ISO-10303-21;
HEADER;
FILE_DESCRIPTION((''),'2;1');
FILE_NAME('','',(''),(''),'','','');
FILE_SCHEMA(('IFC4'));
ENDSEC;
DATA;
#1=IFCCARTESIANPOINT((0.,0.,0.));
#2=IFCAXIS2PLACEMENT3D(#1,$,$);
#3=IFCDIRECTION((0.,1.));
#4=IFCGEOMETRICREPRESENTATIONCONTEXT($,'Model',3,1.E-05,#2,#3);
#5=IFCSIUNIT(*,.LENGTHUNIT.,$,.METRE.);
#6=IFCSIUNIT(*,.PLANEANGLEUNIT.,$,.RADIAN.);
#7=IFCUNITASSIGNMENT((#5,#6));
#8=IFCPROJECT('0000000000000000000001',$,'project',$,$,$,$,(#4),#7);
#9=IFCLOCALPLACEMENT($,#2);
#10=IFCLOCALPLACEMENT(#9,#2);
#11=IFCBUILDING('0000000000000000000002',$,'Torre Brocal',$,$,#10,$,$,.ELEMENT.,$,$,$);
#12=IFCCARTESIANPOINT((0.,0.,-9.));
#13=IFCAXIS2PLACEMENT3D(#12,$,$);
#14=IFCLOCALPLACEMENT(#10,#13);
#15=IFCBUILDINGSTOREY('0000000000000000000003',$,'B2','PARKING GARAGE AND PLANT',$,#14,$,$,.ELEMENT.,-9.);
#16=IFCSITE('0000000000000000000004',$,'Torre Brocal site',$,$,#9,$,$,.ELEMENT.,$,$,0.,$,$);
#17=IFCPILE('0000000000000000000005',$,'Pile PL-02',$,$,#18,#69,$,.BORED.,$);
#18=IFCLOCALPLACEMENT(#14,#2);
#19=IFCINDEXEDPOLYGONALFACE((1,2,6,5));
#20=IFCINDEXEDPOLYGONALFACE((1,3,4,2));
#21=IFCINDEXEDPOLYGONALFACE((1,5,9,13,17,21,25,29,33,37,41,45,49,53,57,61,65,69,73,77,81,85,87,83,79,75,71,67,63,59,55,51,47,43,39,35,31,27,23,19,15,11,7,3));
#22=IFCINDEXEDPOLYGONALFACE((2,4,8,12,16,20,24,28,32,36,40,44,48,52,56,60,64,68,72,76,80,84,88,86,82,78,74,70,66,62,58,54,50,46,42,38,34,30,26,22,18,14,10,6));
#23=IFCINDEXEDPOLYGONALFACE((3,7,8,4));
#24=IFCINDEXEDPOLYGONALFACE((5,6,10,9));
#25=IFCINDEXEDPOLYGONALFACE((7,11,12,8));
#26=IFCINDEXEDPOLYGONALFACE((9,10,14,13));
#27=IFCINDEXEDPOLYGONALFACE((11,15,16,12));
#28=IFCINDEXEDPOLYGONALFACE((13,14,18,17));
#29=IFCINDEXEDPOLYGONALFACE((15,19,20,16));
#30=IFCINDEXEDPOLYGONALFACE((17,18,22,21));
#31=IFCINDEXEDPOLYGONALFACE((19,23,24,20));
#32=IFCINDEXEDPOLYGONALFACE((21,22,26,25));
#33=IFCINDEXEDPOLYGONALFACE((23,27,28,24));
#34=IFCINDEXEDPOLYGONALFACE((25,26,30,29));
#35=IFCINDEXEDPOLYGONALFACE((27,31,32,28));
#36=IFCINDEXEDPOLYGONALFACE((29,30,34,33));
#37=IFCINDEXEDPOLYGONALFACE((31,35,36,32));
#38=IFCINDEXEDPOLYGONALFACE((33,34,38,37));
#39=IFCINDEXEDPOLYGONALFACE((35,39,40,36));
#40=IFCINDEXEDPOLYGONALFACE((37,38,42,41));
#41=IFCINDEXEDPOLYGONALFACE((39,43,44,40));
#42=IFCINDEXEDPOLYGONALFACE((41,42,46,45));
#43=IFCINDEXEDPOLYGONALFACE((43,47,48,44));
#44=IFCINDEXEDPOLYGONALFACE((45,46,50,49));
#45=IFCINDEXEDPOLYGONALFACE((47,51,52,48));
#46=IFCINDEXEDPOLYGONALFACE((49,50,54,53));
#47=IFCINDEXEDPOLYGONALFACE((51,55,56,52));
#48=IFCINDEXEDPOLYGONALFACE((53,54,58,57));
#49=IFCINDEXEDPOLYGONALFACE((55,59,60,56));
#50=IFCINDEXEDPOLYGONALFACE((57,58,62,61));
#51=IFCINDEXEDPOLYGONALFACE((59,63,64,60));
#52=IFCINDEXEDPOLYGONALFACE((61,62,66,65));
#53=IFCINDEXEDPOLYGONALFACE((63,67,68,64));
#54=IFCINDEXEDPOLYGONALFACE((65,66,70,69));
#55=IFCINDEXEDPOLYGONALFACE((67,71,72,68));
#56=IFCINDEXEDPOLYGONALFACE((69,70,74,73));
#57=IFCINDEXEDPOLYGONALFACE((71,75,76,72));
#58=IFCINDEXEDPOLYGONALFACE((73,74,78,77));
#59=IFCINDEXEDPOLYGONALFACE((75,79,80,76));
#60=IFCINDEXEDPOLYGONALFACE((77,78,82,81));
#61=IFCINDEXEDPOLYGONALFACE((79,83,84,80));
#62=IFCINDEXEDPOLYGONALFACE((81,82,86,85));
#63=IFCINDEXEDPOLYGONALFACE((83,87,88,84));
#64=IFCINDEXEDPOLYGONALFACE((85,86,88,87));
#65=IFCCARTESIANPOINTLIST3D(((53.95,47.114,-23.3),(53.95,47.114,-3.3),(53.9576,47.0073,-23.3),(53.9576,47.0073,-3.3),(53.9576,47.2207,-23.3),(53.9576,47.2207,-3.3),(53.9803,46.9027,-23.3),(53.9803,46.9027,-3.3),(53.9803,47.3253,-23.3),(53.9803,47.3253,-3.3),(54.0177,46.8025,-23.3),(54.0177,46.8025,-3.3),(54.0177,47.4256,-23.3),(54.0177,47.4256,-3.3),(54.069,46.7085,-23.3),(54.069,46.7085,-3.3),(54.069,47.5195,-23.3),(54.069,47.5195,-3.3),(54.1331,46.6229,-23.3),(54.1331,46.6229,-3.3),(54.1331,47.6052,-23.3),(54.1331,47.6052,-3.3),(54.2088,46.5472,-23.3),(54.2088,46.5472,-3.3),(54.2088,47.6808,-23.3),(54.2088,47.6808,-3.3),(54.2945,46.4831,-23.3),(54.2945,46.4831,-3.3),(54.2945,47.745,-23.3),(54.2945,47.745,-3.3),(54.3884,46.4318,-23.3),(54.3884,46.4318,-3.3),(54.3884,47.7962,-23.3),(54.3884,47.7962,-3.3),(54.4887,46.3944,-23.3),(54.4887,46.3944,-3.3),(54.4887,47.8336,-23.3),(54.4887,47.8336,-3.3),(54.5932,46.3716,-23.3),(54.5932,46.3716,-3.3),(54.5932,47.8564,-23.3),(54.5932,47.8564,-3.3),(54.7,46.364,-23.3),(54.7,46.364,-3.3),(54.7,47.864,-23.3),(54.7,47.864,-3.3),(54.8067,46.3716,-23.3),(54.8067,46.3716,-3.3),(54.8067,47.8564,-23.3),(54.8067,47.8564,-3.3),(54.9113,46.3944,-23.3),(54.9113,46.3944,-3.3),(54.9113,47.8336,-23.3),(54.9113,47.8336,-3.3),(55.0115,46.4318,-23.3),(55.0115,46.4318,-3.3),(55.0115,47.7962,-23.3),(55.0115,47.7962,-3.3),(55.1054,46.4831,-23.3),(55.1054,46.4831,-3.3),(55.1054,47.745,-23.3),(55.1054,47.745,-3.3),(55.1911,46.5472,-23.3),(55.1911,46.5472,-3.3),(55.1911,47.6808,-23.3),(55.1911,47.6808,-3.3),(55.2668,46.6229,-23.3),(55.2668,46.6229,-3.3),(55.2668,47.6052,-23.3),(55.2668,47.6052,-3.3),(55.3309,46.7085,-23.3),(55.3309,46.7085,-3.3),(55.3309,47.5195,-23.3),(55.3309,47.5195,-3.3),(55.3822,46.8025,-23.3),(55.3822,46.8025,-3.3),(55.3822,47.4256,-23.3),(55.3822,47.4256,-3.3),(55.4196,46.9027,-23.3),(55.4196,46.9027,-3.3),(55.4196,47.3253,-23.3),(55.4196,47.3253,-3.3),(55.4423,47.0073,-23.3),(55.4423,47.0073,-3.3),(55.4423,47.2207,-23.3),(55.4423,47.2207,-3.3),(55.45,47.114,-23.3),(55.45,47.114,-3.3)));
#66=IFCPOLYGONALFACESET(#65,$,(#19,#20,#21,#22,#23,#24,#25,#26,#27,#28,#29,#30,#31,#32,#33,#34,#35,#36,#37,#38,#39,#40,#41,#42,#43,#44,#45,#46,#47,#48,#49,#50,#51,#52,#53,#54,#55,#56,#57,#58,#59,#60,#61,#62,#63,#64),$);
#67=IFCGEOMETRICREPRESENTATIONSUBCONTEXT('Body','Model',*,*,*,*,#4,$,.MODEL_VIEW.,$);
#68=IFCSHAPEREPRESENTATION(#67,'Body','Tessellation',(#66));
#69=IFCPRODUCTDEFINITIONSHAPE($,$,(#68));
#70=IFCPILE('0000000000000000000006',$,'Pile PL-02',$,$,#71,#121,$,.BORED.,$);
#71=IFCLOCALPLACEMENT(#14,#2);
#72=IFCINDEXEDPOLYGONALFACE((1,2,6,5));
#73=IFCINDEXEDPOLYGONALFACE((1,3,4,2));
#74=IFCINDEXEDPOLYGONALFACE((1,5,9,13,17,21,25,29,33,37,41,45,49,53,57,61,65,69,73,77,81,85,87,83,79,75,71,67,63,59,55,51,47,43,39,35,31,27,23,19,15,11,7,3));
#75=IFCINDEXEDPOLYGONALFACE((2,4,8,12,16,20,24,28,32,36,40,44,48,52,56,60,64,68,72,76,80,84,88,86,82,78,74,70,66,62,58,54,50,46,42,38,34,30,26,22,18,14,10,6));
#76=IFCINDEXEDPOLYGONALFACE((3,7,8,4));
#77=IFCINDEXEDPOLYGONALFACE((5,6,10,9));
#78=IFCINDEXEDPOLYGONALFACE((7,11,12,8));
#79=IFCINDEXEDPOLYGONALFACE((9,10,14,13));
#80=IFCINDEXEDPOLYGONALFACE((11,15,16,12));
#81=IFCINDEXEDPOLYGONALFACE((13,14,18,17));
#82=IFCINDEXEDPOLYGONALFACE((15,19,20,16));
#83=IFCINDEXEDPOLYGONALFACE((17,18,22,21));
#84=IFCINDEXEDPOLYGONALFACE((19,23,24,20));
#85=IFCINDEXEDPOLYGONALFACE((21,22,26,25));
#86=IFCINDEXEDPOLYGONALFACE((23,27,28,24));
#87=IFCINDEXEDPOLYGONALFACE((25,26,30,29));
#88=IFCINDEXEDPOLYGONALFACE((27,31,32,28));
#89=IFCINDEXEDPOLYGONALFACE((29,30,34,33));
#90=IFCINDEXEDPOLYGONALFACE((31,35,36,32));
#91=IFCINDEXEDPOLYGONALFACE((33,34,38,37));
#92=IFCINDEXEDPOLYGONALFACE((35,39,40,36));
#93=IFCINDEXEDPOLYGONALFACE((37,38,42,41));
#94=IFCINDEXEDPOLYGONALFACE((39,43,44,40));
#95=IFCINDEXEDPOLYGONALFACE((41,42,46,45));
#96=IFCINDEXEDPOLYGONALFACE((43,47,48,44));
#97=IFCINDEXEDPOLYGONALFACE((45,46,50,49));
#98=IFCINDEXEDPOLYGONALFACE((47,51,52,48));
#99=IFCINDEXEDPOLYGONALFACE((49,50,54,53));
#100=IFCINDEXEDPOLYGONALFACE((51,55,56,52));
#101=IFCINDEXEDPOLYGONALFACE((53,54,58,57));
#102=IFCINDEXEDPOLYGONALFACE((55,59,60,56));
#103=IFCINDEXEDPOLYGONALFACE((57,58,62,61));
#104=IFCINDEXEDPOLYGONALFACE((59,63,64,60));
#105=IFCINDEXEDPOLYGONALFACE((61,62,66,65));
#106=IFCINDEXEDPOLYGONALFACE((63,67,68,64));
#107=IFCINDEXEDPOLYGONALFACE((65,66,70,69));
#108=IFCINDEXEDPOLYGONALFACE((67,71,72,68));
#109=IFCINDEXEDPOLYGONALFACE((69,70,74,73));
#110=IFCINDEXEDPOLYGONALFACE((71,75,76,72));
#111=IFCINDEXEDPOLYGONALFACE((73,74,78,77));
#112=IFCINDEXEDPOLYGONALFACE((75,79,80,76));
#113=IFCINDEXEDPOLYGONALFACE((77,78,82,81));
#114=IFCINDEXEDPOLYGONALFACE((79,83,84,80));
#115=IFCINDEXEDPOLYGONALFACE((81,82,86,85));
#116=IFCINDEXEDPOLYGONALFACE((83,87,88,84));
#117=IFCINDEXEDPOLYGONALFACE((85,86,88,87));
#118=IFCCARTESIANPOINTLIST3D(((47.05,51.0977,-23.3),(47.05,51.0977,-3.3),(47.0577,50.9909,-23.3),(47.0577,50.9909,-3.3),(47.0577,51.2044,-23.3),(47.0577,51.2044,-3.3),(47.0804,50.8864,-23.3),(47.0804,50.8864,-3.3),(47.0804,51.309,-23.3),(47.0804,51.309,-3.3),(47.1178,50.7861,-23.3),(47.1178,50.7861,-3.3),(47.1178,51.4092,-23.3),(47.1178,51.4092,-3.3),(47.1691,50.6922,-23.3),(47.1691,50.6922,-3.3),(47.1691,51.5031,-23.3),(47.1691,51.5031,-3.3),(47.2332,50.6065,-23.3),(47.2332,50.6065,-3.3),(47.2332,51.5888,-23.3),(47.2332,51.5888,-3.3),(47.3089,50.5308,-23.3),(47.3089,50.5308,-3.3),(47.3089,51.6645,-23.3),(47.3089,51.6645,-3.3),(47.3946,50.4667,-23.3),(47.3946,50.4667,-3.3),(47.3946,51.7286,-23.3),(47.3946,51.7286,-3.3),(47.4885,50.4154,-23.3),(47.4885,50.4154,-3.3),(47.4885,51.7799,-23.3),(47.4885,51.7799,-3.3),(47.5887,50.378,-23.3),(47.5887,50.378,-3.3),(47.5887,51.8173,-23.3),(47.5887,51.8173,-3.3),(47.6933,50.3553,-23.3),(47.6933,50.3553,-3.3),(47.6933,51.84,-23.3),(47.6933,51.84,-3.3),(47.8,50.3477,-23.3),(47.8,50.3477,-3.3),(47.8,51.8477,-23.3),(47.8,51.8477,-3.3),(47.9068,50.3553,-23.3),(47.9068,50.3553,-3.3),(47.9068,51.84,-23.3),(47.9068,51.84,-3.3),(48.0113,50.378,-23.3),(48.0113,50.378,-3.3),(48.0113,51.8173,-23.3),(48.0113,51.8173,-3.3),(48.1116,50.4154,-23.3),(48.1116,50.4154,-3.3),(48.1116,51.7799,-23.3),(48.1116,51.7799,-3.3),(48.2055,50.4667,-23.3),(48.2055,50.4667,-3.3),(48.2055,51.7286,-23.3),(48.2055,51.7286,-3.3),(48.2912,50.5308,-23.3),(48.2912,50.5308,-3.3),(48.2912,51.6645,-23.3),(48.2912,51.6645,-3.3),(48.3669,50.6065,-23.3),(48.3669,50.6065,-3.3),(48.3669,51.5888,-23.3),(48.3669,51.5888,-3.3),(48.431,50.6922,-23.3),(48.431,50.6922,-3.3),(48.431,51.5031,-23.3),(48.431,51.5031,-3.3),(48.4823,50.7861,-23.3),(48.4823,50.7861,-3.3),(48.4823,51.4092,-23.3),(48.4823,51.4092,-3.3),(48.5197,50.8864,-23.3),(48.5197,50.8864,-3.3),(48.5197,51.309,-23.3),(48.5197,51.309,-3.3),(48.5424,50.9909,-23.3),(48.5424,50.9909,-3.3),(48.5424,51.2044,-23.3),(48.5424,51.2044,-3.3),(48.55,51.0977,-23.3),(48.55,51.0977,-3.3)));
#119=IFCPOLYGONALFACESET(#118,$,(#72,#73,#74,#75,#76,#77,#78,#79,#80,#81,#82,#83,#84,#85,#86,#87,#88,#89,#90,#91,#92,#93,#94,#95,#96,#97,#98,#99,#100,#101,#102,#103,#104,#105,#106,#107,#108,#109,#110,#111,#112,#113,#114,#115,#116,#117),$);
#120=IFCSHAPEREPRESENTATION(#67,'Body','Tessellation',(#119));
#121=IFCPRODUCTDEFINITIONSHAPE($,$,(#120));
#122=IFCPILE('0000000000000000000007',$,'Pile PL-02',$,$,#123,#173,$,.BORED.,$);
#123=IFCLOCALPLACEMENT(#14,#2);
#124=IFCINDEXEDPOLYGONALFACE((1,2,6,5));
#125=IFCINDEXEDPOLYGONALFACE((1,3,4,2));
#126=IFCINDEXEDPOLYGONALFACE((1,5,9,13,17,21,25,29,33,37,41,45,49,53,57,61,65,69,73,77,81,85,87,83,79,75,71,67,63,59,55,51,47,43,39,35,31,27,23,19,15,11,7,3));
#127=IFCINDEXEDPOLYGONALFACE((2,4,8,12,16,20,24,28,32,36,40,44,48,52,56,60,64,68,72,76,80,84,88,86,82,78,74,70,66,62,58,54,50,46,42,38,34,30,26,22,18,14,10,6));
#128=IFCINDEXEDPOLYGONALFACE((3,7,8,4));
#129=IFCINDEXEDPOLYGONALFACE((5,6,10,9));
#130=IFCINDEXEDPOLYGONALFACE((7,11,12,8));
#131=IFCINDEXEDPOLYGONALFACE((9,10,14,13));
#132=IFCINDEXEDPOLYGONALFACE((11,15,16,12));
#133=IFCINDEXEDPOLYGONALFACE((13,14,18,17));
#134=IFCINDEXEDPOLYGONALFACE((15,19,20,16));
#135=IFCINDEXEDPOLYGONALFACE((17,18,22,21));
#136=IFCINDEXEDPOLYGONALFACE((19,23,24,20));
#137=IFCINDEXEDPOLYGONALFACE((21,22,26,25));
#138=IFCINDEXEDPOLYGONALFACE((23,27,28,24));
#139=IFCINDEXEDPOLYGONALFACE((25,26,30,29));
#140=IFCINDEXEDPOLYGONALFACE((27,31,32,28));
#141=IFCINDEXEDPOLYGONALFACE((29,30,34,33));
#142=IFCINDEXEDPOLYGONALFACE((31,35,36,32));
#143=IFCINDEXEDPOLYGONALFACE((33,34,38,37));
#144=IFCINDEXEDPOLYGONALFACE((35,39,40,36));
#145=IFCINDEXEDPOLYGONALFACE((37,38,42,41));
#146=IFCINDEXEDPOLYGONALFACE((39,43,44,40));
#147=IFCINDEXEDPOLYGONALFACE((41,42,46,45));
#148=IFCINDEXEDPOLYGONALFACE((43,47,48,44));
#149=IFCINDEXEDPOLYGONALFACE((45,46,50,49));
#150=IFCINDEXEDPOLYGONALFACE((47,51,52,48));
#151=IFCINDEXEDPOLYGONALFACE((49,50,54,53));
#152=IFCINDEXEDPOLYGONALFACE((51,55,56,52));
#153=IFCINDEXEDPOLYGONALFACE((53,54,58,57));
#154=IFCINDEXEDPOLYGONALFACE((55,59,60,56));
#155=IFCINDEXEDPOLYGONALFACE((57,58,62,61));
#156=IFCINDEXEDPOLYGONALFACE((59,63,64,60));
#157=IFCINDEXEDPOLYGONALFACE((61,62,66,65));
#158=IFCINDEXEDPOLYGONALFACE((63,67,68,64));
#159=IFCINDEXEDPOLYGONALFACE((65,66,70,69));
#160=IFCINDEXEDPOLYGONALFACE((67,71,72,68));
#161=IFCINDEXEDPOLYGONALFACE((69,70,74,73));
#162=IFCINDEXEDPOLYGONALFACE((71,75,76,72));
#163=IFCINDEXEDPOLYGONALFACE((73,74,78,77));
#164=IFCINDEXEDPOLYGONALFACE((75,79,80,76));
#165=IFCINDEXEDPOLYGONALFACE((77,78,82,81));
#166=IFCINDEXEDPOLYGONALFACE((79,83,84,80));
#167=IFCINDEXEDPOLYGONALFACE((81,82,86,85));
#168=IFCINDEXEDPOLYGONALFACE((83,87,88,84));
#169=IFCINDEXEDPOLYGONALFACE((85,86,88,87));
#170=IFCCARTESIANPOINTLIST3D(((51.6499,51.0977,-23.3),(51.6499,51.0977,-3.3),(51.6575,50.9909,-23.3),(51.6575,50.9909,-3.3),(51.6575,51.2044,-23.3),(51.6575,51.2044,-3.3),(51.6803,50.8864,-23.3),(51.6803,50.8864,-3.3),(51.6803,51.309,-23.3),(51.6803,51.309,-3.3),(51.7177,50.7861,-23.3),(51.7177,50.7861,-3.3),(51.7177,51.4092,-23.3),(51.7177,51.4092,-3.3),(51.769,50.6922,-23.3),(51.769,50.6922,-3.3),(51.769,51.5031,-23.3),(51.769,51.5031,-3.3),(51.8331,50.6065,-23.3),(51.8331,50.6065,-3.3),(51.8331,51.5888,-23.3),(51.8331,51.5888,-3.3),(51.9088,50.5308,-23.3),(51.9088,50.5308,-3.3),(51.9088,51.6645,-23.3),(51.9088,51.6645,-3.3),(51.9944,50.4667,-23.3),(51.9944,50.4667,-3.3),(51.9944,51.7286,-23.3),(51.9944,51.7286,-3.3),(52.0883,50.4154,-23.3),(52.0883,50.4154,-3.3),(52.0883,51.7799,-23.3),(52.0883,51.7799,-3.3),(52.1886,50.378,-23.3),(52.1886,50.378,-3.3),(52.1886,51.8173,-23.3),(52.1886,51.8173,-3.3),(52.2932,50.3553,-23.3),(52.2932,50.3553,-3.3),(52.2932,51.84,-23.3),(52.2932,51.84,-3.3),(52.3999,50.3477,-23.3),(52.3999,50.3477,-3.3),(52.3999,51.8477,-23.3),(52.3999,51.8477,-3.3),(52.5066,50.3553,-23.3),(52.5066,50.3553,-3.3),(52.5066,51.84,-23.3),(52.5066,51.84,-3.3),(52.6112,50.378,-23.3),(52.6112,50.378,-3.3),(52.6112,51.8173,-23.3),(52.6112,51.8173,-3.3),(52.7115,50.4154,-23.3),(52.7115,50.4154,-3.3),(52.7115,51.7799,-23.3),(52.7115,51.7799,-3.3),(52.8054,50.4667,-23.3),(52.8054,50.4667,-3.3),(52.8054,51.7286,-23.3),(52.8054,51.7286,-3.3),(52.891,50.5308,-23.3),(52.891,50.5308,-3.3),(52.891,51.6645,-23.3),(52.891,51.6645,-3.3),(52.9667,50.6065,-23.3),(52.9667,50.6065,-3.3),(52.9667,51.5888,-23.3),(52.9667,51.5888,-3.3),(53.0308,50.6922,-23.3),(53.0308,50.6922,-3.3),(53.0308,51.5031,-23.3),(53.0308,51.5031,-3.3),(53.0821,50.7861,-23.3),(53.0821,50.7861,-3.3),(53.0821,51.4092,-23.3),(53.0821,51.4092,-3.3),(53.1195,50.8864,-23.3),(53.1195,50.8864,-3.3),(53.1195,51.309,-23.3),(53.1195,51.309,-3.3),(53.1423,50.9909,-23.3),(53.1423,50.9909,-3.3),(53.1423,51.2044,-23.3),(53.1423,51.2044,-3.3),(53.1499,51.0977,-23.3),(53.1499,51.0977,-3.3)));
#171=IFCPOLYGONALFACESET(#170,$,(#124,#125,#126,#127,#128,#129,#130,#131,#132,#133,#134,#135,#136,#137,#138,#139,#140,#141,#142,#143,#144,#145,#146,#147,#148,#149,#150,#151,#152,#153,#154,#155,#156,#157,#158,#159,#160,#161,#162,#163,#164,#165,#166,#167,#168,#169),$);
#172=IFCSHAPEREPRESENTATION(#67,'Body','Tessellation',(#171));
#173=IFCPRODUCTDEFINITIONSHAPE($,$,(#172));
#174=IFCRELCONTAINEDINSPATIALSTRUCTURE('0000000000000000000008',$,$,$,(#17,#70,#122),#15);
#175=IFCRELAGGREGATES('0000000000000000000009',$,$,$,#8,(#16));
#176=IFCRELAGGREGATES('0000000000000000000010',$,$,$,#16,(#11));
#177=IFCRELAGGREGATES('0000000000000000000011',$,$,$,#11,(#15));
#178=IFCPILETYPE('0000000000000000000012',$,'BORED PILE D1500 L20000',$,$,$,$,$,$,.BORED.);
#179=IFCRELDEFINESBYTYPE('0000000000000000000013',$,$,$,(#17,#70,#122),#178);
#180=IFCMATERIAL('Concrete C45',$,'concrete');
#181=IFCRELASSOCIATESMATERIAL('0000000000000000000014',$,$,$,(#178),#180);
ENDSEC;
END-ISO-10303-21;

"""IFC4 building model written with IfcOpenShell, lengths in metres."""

from ifc_helpers import new_model, si_unit, direction, frame, origin, origin_2d, place, context, subcontext, project, spatial, circle, extrude, material, material_profile, profile_set, type_object, element, save


model = new_model("IFC4")

# Units and contexts
model_context = context("Model", 3, precision=1e-05, world=origin(), true_north=direction((0.0, 1.0)))
body_context = subcontext(model_context, "Body", "Model", "MODEL_VIEW")
ifc_project = project(units=[si_unit("LENGTHUNIT", "METRE"), si_unit("PLANEANGLEUNIT", "RADIAN")], contexts=[model_context])

# Site, building, storey
site_placement = place(None, origin())
site = spatial("IfcSite", under=ifc_project, at=site_placement, Name="Torre Brocal site", CompositionType="ELEMENT", RefElevation=0.0)
building_placement = place(site_placement, origin())
building = spatial("IfcBuilding", under=site, at=building_placement, Name="Torre Brocal", CompositionType="ELEMENT")
storey_placement = place(building_placement, frame((0.0, 0.0, -9.0)))
storey = spatial("IfcBuildingStorey", under=building, at=storey_placement, Name="B2", Description="PARKING GARAGE AND PLANT", CompositionType="ELEMENT", Elevation=-9.0)

# Piles
ifc_material_1 = material(Name="Concrete C45", Category="concrete")
ifc_material_profile_1 = material_profile(ifc_material_1, circle(Radius=0.75, at=origin_2d()), Name="BORED PILE D1500")
ifc_profile_set_1 = profile_set([ifc_material_profile_1], Name="Concrete C45")
pile_type = type_object("IfcPileType", Name="BORED PILE D1500 L20000", PredefinedType="BORED", material=ifc_profile_set_1)
for number, where, z_axis, x_axis, name in (
    (1, (54.7, 47.114, -3.3), (0.0, 0.0, -1.0), (1.0, 0.0, 0.0), "Pile PL-02"),
    (2, (47.8, 51.0977, -3.3), (0.0, 0.0, -1.0), (1.0, 0.0, 0.0), "Pile PL-02"),
    (3, (52.3999, 51.0977, -3.3), (0.0, 0.0, -1.0), (1.0, 0.0, 0.0), "Pile PL-02"),
):
    element("IfcPile", number, at=place(storey_placement, frame(where, z_axis=z_axis, x_axis=x_axis)), inside=storey, type_object=pile_type, Name=name, PredefinedType="BORED", context=body_context, shape_type="SweptSolid", body=[
        extrude(circle(Radius=0.75, at=origin_2d()), origin(), (0.0, 0.0, 1.0), 20.0),
    ])

save(model, "model.ifc")
